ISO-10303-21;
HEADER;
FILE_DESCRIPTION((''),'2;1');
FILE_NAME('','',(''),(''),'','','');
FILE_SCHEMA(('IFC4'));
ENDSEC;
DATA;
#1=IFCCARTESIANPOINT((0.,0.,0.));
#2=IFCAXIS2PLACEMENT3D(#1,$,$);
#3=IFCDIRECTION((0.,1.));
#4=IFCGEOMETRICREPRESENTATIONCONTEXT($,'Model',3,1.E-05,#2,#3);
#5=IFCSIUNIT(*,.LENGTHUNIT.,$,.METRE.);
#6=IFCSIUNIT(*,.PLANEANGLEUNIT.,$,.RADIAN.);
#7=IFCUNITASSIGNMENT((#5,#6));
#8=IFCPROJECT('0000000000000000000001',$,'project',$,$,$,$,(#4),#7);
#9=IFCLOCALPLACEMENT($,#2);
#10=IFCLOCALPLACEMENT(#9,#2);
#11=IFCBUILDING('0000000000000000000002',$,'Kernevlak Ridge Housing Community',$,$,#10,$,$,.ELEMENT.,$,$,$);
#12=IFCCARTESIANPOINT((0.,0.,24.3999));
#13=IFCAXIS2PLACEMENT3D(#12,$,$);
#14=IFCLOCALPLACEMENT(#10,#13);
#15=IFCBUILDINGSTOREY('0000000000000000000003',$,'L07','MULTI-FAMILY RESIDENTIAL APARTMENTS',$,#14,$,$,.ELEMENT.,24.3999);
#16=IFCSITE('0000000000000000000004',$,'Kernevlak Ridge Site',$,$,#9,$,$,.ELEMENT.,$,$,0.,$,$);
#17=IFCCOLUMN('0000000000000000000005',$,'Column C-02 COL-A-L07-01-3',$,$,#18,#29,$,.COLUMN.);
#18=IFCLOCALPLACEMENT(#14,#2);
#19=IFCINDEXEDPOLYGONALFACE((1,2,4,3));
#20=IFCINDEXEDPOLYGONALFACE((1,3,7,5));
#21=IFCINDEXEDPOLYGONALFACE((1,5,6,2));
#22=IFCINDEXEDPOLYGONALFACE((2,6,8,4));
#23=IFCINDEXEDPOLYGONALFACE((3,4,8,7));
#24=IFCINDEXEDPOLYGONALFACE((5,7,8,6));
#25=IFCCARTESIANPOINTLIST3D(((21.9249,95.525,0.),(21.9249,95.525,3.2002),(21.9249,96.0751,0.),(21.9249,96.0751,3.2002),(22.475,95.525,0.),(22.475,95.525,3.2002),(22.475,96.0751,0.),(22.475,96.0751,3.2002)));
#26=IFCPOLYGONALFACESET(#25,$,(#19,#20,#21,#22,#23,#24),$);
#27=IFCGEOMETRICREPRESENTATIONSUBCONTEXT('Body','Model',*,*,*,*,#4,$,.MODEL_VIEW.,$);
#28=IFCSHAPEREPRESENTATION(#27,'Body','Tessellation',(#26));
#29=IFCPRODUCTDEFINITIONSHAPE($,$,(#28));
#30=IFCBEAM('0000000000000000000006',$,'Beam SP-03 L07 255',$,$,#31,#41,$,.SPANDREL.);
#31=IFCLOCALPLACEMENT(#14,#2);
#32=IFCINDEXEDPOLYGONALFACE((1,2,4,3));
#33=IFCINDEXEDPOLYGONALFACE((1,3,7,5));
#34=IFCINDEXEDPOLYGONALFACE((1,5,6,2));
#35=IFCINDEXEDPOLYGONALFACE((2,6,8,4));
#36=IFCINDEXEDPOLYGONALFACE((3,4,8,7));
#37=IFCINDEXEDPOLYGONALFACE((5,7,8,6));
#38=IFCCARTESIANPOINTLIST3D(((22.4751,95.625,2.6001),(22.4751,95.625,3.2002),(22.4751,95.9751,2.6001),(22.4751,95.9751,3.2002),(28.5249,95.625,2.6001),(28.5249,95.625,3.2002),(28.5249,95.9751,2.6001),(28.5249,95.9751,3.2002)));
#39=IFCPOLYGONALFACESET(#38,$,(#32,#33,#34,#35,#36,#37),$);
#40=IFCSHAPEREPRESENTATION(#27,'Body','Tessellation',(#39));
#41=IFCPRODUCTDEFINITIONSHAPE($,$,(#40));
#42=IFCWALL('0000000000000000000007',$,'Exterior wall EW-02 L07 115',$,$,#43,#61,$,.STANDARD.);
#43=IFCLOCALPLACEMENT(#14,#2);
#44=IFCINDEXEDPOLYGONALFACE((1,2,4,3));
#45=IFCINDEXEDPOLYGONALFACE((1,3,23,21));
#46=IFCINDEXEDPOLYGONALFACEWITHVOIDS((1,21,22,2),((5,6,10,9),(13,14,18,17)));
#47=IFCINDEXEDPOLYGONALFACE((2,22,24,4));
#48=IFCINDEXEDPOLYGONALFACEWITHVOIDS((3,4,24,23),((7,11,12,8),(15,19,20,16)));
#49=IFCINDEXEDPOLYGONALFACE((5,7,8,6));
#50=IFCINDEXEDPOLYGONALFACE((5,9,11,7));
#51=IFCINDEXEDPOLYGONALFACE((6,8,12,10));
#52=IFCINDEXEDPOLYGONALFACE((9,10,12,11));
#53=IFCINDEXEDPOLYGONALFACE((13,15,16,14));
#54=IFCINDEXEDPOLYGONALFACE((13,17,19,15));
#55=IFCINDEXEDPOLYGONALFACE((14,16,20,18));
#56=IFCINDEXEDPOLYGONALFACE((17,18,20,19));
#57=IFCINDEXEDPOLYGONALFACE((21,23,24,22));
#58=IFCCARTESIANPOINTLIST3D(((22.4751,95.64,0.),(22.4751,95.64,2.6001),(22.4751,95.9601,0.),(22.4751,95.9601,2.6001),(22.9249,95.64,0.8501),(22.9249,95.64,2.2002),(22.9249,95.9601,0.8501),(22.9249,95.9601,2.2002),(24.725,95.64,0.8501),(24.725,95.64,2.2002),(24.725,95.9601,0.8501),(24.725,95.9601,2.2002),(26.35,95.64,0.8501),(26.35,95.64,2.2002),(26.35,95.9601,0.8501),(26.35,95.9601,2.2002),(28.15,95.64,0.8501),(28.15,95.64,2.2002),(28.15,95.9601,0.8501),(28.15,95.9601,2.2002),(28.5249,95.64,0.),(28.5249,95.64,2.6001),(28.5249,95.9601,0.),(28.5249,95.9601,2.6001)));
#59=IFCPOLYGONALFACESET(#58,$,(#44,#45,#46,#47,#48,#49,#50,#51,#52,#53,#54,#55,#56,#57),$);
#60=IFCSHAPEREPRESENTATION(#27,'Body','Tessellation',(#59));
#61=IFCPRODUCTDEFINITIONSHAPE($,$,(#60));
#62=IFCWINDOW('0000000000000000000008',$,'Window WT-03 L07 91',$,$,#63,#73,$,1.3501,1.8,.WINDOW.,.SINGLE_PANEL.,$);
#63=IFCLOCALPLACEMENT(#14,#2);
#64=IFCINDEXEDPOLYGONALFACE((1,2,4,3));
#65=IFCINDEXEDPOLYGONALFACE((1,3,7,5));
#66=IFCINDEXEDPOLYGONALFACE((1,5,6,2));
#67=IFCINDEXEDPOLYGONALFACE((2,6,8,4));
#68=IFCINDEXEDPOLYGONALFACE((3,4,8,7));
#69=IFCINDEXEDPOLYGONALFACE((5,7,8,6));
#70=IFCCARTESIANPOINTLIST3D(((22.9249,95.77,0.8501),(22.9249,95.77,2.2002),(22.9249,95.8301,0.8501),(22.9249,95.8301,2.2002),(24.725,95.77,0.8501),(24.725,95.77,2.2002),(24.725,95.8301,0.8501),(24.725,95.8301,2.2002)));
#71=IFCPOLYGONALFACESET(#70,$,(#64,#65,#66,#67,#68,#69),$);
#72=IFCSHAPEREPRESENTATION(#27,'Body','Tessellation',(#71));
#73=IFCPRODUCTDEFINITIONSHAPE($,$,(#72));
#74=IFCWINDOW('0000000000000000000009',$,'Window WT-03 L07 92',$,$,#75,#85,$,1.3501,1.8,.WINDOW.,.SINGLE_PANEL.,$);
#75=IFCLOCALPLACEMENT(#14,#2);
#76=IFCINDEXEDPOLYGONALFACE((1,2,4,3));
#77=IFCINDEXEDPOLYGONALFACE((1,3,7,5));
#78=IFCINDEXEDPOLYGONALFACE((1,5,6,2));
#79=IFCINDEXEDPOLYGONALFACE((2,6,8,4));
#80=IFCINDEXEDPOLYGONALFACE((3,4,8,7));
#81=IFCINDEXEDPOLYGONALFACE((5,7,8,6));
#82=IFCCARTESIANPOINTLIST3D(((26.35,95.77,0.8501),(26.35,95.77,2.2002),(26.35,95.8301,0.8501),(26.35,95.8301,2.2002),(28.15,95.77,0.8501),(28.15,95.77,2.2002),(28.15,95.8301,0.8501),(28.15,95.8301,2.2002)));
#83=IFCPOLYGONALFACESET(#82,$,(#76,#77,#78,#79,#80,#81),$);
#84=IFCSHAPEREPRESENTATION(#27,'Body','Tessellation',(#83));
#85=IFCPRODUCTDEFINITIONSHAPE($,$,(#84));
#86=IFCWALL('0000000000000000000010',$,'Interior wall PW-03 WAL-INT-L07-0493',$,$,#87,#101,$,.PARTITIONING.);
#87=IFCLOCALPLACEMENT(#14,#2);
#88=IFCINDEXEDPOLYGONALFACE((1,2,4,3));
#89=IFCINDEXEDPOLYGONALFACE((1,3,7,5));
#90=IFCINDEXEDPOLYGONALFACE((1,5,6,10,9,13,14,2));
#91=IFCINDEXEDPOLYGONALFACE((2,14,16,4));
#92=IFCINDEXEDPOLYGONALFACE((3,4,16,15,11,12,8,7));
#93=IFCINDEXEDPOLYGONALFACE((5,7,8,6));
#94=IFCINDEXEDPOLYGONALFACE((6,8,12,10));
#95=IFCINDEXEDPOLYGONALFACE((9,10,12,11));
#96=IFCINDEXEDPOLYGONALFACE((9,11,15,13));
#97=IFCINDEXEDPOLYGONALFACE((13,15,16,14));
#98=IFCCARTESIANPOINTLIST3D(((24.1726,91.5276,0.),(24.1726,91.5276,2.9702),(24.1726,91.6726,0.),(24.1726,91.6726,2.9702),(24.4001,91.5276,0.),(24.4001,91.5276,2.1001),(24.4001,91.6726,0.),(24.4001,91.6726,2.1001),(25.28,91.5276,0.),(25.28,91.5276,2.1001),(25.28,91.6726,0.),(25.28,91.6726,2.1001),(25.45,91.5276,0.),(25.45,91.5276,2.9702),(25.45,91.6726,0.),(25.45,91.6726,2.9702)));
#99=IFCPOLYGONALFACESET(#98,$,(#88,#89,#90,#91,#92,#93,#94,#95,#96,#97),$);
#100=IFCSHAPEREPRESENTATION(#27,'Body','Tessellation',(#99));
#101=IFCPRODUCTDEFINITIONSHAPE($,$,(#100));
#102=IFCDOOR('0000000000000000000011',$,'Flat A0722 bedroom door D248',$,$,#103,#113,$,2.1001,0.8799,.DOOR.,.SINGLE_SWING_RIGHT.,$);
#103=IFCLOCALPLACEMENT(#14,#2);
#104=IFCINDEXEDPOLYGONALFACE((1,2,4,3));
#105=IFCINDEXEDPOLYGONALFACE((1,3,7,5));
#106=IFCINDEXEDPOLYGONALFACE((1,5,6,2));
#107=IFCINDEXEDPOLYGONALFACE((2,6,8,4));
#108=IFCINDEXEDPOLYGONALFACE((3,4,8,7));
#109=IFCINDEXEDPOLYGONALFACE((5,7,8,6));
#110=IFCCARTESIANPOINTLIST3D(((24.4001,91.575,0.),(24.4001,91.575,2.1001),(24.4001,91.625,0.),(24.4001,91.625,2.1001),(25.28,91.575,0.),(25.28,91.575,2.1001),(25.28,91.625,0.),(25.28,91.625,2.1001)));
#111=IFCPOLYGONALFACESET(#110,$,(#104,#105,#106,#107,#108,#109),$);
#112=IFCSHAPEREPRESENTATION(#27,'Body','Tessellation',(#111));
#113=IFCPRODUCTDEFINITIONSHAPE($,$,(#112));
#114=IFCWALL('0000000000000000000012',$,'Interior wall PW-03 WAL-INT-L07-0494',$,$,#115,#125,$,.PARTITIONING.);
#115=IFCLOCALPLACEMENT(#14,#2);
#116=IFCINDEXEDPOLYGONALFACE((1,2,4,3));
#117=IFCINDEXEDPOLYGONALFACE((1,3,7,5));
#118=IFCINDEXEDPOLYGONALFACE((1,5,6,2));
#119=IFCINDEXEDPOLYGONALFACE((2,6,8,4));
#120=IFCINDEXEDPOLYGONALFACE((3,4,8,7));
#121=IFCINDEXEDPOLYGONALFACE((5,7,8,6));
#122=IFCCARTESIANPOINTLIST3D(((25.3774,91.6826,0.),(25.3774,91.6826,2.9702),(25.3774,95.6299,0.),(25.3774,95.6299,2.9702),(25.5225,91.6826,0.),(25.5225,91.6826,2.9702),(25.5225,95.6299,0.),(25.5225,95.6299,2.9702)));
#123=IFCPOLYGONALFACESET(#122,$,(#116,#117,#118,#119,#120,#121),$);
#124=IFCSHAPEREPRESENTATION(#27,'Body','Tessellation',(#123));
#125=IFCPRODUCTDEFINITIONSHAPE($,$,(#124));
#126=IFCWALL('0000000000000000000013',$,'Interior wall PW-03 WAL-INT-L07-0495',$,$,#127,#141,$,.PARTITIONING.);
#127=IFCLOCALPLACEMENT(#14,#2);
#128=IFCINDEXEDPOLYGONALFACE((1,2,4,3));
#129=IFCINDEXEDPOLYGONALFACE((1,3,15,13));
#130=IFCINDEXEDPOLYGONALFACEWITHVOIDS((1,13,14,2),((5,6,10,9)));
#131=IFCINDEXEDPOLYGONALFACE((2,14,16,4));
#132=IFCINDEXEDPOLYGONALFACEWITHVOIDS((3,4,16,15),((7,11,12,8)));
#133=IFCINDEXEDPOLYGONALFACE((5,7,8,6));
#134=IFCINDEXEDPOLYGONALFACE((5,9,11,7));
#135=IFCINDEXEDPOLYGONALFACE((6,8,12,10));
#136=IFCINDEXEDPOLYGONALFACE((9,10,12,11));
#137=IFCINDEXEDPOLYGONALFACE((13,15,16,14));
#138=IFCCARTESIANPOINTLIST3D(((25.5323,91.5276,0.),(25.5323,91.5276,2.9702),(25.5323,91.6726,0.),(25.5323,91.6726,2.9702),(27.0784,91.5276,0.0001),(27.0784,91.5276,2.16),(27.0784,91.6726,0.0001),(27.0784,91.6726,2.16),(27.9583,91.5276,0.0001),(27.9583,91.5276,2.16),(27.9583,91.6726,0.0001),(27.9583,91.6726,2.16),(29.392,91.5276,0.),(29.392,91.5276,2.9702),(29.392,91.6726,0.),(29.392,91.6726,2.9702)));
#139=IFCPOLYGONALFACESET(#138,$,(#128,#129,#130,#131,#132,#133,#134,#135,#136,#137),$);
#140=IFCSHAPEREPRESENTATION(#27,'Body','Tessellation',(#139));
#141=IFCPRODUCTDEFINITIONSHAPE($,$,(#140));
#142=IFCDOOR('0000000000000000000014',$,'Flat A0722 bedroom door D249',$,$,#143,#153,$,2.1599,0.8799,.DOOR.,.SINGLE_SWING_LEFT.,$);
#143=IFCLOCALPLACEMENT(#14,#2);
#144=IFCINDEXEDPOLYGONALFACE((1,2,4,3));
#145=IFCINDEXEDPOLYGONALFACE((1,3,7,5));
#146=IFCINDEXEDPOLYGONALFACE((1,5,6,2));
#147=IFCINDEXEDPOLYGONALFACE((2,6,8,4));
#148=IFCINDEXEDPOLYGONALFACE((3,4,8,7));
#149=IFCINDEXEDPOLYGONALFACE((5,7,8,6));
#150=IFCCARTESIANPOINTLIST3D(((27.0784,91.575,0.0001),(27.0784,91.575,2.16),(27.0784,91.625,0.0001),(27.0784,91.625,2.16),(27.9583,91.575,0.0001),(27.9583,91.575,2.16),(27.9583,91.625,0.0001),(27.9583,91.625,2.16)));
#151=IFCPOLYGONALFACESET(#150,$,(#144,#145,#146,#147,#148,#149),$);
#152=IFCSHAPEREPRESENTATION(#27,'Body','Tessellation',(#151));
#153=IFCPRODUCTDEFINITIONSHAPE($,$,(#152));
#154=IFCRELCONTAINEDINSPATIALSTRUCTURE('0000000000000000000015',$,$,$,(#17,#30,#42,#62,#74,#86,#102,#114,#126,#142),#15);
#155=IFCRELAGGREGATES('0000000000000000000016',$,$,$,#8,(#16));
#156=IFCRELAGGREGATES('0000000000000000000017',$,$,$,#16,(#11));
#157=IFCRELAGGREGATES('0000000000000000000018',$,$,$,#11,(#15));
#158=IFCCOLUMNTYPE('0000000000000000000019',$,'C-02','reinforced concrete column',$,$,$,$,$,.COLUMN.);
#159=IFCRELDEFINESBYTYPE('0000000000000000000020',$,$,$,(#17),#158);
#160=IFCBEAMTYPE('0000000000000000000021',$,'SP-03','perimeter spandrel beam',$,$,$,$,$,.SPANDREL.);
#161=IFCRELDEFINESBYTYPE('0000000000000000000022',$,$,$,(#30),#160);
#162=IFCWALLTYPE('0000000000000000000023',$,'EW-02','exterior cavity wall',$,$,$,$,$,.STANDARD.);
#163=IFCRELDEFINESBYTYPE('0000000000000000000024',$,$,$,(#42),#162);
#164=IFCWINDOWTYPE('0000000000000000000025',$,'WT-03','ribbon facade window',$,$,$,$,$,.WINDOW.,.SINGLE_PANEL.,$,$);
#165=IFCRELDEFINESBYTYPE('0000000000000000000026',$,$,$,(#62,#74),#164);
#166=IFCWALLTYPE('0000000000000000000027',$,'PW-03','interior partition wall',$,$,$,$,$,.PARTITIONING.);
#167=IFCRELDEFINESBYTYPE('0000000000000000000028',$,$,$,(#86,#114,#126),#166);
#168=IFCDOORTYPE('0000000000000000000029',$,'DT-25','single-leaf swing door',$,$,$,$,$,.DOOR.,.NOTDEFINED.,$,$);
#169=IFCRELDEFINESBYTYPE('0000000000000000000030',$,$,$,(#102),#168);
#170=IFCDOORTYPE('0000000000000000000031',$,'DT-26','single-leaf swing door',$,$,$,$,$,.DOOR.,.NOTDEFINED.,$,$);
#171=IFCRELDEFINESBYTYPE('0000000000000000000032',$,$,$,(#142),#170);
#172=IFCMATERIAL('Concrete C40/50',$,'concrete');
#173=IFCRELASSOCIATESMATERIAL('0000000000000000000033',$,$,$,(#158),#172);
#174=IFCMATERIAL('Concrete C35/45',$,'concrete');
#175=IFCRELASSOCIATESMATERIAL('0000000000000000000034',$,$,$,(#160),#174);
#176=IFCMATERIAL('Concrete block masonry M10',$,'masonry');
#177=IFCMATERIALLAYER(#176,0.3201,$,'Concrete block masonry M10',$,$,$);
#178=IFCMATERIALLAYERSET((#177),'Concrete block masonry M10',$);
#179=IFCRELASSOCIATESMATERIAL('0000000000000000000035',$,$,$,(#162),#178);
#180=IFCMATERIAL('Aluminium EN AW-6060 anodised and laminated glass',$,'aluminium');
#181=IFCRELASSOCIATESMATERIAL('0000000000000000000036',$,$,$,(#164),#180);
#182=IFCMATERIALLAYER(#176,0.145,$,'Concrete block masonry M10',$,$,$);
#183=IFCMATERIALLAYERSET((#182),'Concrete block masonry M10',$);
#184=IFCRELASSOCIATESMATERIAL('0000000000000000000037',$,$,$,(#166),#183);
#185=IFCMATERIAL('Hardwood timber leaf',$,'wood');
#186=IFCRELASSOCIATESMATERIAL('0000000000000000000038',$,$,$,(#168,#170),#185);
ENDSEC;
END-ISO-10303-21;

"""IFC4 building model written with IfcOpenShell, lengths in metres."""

from ifc_helpers import new_model, si_unit, direction, frame, frame_2d, origin, origin_2d, place, context, subcontext, project, spatial, rectangle, extrude, material, layer, layer_set, material_profile, profile_set, type_object, element, fill, save


model = new_model("IFC4")

# Units and contexts
model_context = context("Model", 3, precision=1e-05, world=origin(), true_north=direction((0.0, 1.0)))
body_context = subcontext(model_context, "Body", "Model", "MODEL_VIEW")
ifc_project = project(units=[si_unit("LENGTHUNIT", "METRE"), si_unit("PLANEANGLEUNIT", "RADIAN")], contexts=[model_context])

# Site, building, storey
site_placement = place(None, origin())
site = spatial("IfcSite", under=ifc_project, at=site_placement, Name="Kernevlak Ridge Site", CompositionType="ELEMENT", RefElevation=0.0)
building_placement = place(site_placement, origin())
building = spatial("IfcBuilding", under=site, at=building_placement, Name="Kernevlak Ridge Housing Community", CompositionType="ELEMENT")
storey_placement = place(building_placement, frame((0.0, 0.0, 24.3999)))
storey = spatial("IfcBuildingStorey", under=building, at=storey_placement, Name="L07", Description="MULTI-FAMILY RESIDENTIAL APARTMENTS", CompositionType="ELEMENT", Elevation=24.3999)

# Column
ifc_material_1 = material(Name="Concrete C40/50", Category="concrete")
ifc_material_profile_1 = material_profile(ifc_material_1, rectangle(XDim=0.55, YDim=0.55, at=origin_2d()), Name="RC 550x550")
ifc_profile_set_1 = profile_set([ifc_material_profile_1], Name="Concrete C40/50")
column_type = type_object("IfcColumnType", Name="C-02", Description="reinforced concrete column", PredefinedType="COLUMN", material=ifc_profile_set_1)
column_placement = place(storey_placement, frame((22.2, 95.8, 0.0), z_axis=(0.0, 0.0, 1.0), x_axis=(1.0, 0.0, 0.0)))
element("IfcColumn", 1, at=column_placement, inside=storey, type_object=column_type, Name="Column C-02 COL-A-L07-01-3", PredefinedType="COLUMN", context=body_context, shape_type="SweptSolid", body=[
    extrude(rectangle(XDim=0.55, YDim=0.55, at=origin_2d()), origin(), (0.0, 0.0, 1.0), 3.2002),
])

# Beam
ifc_material_2 = material(Name="Concrete C35/45", Category="concrete")
ifc_material_profile_2 = material_profile(ifc_material_2, rectangle(XDim=0.3501, YDim=0.6001, at=origin_2d()), Name="RC 350x600")
ifc_profile_set_2 = profile_set([ifc_material_profile_2], Name="Concrete C35/45")
beam_type = type_object("IfcBeamType", Name="SP-03", Description="perimeter spandrel beam", PredefinedType="SPANDREL", material=ifc_profile_set_2)
beam_placement = place(storey_placement, frame((22.4751, 95.8, 2.9001), z_axis=(1.0, 0.0, 0.0), x_axis=(0.0, 1.0, 0.0)))
element("IfcBeam", 2, at=beam_placement, inside=storey, type_object=beam_type, Name="Beam SP-03 L07 255", PredefinedType="SPANDREL", context=body_context, shape_type="SweptSolid", body=[
    extrude(rectangle(XDim=0.3501, YDim=0.6001, at=origin_2d()), origin(), (0.0, 0.0, 1.0), 6.0498),
])

# Wall, openings, windows
ifc_material_3 = material(Name="Concrete block masonry M10", Category="masonry")
ifc_layer_1 = layer(ifc_material_3, 0.3201, Name="Concrete block masonry M10")
ifc_layer_set_1 = layer_set([ifc_layer_1], Name="Concrete block masonry M10")
wall_type_1 = type_object("IfcWallType", Name="EW-02", Description="exterior cavity wall", PredefinedType="STANDARD", material=ifc_layer_set_1)
wall_1_placement = place(storey_placement, frame((22.4751, 95.8, 0.0), z_axis=(0.0, 0.0, 1.0), x_axis=(1.0, 0.0, 0.0)))
wall_1 = element("IfcWall", 3, at=wall_1_placement, inside=storey, type_object=wall_type_1, Name="Exterior wall EW-02 L07 115", PredefinedType="STANDARD", context=body_context, shape_type="SweptSolid", body=[
    extrude(rectangle(XDim=6.0498, YDim=0.3201, at=frame_2d((3.0249, 0.0))), origin(), (0.0, 0.0, 1.0), 2.6001),
])
opening_1_placement = place(wall_1_placement, frame((0.45, 0.0, 0.8501)))
opening_1 = element("IfcOpeningElement", 4, at=opening_1_placement, cuts=wall_1, PredefinedType="OPENING", context=body_context, shape_type="SweptSolid", body=[
    extrude(rectangle(XDim=1.8, YDim=1.3501, at=frame_2d((0.8999, 0.675))), frame((0.0, 0.1699, 0.0), z_axis=(0.0, -1.0, 0.0), x_axis=(1.0, 0.0, 0.0)), (0.0, 0.0, 1.0), 0.3401),
])
opening_2_placement = place(wall_1_placement, frame((3.875, 0.0, 0.8501)))
opening_2 = element("IfcOpeningElement", 5, at=opening_2_placement, cuts=wall_1, PredefinedType="OPENING", context=body_context, shape_type="SweptSolid", body=[
    extrude(rectangle(XDim=1.8, YDim=1.3501, at=frame_2d((0.8999, 0.675))), frame((0.0, 0.1699, 0.0), z_axis=(0.0, -1.0, 0.0), x_axis=(1.0, 0.0, 0.0)), (0.0, 0.0, 1.0), 0.3401),
])
ifc_material_4 = material(Name="Aluminium EN AW-6060 anodised and laminated glass", Category="aluminium")
window_type = type_object("IfcWindowType", Name="WT-03", Description="ribbon facade window", PartitioningType="SINGLE_PANEL", PredefinedType="WINDOW", material=ifc_material_4)
window_1_placement = place(opening_1_placement, origin())
window_1 = element("IfcWindow", 6, at=window_1_placement, inside=storey, type_object=window_type, Name="Window WT-03 L07 91", OverallHeight=1.3501, OverallWidth=1.8, PartitioningType="SINGLE_PANEL", PredefinedType="WINDOW", context=body_context, shape_type="SweptSolid", body=[
    extrude(rectangle(XDim=1.8, YDim=1.3501, at=frame_2d((0.8999, 0.675))), frame((0.0, 0.03, 0.0), z_axis=(0.0, -1.0, 0.0), x_axis=(1.0, 0.0, 0.0)), (0.0, 0.0, 1.0), 0.0601),
])
fill(opening_1, window_1)
window_2_placement = place(opening_2_placement, origin())
window_2 = element("IfcWindow", 7, at=window_2_placement, inside=storey, type_object=window_type, Name="Window WT-03 L07 92", OverallHeight=1.3501, OverallWidth=1.8, PartitioningType="SINGLE_PANEL", PredefinedType="WINDOW", context=body_context, shape_type="SweptSolid", body=[
    extrude(rectangle(XDim=1.8, YDim=1.3501, at=frame_2d((0.8999, 0.675))), frame((0.0, 0.03, 0.0), z_axis=(0.0, -1.0, 0.0), x_axis=(1.0, 0.0, 0.0)), (0.0, 0.0, 1.0), 0.0601),
])
fill(opening_2, window_2)

# Wall, opening, door
ifc_layer_2 = layer(ifc_material_3, 0.145, Name="Concrete block masonry M10")
ifc_layer_set_2 = layer_set([ifc_layer_2], Name="Concrete block masonry M10")
wall_type_2 = type_object("IfcWallType", Name="PW-03", Description="interior partition wall", PredefinedType="PARTITIONING", material=ifc_layer_set_2)
wall_2_placement = place(storey_placement, frame((24.1726, 91.6001, 0.0), z_axis=(0.0, 0.0, 1.0), x_axis=(1.0, 0.0, 0.0)))
wall_2 = element("IfcWall", 8, at=wall_2_placement, inside=storey, type_object=wall_type_2, Name="Interior wall PW-03 WAL-INT-L07-0493", PredefinedType="PARTITIONING", context=body_context, shape_type="SweptSolid", body=[
    extrude(rectangle(XDim=1.2773, YDim=0.145, at=frame_2d((0.6387, 0.0))), origin(), (0.0, 0.0, 1.0), 2.9702),
])
opening_3_placement = place(wall_2_placement, frame((0.2275, 0.0, 0.0)))
opening_3 = element("IfcOpeningElement", 9, at=opening_3_placement, cuts=wall_2, PredefinedType="OPENING", context=body_context, shape_type="SweptSolid", body=[
    extrude(rectangle(XDim=0.8799, YDim=2.1001, at=frame_2d((0.4399, 1.05))), frame((0.0, 0.0825, 0.0), z_axis=(0.0, -1.0, 0.0), x_axis=(1.0, 0.0, 0.0)), (0.0, 0.0, 1.0), 0.165),
])
ifc_material_5 = material(Name="Hardwood timber leaf", Category="wood")
door_type_1 = type_object("IfcDoorType", Name="DT-25", Description="single-leaf swing door", OperationType="NOTDEFINED", PredefinedType="DOOR", material=ifc_material_5)
door_1_placement = place(opening_3_placement, origin())
door_1 = element("IfcDoor", 10, at=door_1_placement, inside=storey, type_object=door_type_1, Name="Flat A0722 bedroom door D248", OperationType="SINGLE_SWING_RIGHT", OverallHeight=2.1001, OverallWidth=0.8799, PredefinedType="DOOR", context=body_context, shape_type="SweptSolid", body=[
    extrude(rectangle(XDim=0.8799, YDim=2.1001, at=frame_2d((0.4399, 1.05))), frame((0.0, 0.0249, 0.0), z_axis=(0.0, -1.0, 0.0), x_axis=(1.0, 0.0, 0.0)), (0.0, 0.0, 1.0), 0.05),
])
fill(opening_3, door_1)

# Wall
wall_3_placement = place(storey_placement, frame((25.45, 91.6826, 0.0), z_axis=(0.0, 0.0, 1.0), x_axis=(0.0, 1.0, 0.0)))
element("IfcWall", 11, at=wall_3_placement, inside=storey, type_object=wall_type_2, Name="Interior wall PW-03 WAL-INT-L07-0494", PredefinedType="PARTITIONING", context=body_context, shape_type="SweptSolid", body=[
    extrude(rectangle(XDim=3.9473, YDim=0.145, at=frame_2d((1.9736, 0.0))), origin(), (0.0, 0.0, 1.0), 2.9702),
])

# Wall, opening, door
wall_4_placement = place(storey_placement, frame((25.5325, 91.6001, 0.0), z_axis=(0.0, 0.0, 1.0), x_axis=(1.0, 0.0, 0.0)))
wall_4 = element("IfcWall", 12, at=wall_4_placement, inside=storey, type_object=wall_type_2, Name="Interior wall PW-03 WAL-INT-L07-0495", PredefinedType="PARTITIONING", context=body_context, shape_type="SweptSolid", body=[
    extrude(rectangle(XDim=3.8596, YDim=0.145, at=frame_2d((1.9297, 0.0))), origin(), (0.0, 0.0, 1.0), 2.9702),
])
opening_4_placement = place(wall_4_placement, frame((1.5459, 0.0, 0.0)))
opening_4 = element("IfcOpeningElement", 13, at=opening_4_placement, cuts=wall_4, PredefinedType="OPENING", context=body_context, shape_type="SweptSolid", body=[
    extrude(rectangle(XDim=0.8799, YDim=2.1599, at=frame_2d((0.4399, 1.0801))), frame((0.0, 0.0825, 0.0), z_axis=(0.0, -1.0, 0.0), x_axis=(1.0, 0.0, 0.0)), (0.0, 0.0, 1.0), 0.165),
])
door_type_2 = type_object("IfcDoorType", Name="DT-26", Description="single-leaf swing door", OperationType="NOTDEFINED", PredefinedType="DOOR", material=ifc_material_5)
door_2_placement = place(opening_4_placement, origin())
door_2 = element("IfcDoor", 14, at=door_2_placement, inside=storey, type_object=door_type_2, Name="Flat A0722 bedroom door D249", OperationType="SINGLE_SWING_LEFT", OverallHeight=2.1599, OverallWidth=0.8799, PredefinedType="DOOR", context=body_context, shape_type="SweptSolid", body=[
    extrude(rectangle(XDim=0.8799, YDim=2.1599, at=frame_2d((0.4399, 1.0801))), frame((0.0, 0.0249, 0.0), z_axis=(0.0, -1.0, 0.0), x_axis=(1.0, 0.0, 0.0)), (0.0, 0.0, 1.0), 0.05),
])
fill(opening_4, door_2)

save(model, "model.ifc")
